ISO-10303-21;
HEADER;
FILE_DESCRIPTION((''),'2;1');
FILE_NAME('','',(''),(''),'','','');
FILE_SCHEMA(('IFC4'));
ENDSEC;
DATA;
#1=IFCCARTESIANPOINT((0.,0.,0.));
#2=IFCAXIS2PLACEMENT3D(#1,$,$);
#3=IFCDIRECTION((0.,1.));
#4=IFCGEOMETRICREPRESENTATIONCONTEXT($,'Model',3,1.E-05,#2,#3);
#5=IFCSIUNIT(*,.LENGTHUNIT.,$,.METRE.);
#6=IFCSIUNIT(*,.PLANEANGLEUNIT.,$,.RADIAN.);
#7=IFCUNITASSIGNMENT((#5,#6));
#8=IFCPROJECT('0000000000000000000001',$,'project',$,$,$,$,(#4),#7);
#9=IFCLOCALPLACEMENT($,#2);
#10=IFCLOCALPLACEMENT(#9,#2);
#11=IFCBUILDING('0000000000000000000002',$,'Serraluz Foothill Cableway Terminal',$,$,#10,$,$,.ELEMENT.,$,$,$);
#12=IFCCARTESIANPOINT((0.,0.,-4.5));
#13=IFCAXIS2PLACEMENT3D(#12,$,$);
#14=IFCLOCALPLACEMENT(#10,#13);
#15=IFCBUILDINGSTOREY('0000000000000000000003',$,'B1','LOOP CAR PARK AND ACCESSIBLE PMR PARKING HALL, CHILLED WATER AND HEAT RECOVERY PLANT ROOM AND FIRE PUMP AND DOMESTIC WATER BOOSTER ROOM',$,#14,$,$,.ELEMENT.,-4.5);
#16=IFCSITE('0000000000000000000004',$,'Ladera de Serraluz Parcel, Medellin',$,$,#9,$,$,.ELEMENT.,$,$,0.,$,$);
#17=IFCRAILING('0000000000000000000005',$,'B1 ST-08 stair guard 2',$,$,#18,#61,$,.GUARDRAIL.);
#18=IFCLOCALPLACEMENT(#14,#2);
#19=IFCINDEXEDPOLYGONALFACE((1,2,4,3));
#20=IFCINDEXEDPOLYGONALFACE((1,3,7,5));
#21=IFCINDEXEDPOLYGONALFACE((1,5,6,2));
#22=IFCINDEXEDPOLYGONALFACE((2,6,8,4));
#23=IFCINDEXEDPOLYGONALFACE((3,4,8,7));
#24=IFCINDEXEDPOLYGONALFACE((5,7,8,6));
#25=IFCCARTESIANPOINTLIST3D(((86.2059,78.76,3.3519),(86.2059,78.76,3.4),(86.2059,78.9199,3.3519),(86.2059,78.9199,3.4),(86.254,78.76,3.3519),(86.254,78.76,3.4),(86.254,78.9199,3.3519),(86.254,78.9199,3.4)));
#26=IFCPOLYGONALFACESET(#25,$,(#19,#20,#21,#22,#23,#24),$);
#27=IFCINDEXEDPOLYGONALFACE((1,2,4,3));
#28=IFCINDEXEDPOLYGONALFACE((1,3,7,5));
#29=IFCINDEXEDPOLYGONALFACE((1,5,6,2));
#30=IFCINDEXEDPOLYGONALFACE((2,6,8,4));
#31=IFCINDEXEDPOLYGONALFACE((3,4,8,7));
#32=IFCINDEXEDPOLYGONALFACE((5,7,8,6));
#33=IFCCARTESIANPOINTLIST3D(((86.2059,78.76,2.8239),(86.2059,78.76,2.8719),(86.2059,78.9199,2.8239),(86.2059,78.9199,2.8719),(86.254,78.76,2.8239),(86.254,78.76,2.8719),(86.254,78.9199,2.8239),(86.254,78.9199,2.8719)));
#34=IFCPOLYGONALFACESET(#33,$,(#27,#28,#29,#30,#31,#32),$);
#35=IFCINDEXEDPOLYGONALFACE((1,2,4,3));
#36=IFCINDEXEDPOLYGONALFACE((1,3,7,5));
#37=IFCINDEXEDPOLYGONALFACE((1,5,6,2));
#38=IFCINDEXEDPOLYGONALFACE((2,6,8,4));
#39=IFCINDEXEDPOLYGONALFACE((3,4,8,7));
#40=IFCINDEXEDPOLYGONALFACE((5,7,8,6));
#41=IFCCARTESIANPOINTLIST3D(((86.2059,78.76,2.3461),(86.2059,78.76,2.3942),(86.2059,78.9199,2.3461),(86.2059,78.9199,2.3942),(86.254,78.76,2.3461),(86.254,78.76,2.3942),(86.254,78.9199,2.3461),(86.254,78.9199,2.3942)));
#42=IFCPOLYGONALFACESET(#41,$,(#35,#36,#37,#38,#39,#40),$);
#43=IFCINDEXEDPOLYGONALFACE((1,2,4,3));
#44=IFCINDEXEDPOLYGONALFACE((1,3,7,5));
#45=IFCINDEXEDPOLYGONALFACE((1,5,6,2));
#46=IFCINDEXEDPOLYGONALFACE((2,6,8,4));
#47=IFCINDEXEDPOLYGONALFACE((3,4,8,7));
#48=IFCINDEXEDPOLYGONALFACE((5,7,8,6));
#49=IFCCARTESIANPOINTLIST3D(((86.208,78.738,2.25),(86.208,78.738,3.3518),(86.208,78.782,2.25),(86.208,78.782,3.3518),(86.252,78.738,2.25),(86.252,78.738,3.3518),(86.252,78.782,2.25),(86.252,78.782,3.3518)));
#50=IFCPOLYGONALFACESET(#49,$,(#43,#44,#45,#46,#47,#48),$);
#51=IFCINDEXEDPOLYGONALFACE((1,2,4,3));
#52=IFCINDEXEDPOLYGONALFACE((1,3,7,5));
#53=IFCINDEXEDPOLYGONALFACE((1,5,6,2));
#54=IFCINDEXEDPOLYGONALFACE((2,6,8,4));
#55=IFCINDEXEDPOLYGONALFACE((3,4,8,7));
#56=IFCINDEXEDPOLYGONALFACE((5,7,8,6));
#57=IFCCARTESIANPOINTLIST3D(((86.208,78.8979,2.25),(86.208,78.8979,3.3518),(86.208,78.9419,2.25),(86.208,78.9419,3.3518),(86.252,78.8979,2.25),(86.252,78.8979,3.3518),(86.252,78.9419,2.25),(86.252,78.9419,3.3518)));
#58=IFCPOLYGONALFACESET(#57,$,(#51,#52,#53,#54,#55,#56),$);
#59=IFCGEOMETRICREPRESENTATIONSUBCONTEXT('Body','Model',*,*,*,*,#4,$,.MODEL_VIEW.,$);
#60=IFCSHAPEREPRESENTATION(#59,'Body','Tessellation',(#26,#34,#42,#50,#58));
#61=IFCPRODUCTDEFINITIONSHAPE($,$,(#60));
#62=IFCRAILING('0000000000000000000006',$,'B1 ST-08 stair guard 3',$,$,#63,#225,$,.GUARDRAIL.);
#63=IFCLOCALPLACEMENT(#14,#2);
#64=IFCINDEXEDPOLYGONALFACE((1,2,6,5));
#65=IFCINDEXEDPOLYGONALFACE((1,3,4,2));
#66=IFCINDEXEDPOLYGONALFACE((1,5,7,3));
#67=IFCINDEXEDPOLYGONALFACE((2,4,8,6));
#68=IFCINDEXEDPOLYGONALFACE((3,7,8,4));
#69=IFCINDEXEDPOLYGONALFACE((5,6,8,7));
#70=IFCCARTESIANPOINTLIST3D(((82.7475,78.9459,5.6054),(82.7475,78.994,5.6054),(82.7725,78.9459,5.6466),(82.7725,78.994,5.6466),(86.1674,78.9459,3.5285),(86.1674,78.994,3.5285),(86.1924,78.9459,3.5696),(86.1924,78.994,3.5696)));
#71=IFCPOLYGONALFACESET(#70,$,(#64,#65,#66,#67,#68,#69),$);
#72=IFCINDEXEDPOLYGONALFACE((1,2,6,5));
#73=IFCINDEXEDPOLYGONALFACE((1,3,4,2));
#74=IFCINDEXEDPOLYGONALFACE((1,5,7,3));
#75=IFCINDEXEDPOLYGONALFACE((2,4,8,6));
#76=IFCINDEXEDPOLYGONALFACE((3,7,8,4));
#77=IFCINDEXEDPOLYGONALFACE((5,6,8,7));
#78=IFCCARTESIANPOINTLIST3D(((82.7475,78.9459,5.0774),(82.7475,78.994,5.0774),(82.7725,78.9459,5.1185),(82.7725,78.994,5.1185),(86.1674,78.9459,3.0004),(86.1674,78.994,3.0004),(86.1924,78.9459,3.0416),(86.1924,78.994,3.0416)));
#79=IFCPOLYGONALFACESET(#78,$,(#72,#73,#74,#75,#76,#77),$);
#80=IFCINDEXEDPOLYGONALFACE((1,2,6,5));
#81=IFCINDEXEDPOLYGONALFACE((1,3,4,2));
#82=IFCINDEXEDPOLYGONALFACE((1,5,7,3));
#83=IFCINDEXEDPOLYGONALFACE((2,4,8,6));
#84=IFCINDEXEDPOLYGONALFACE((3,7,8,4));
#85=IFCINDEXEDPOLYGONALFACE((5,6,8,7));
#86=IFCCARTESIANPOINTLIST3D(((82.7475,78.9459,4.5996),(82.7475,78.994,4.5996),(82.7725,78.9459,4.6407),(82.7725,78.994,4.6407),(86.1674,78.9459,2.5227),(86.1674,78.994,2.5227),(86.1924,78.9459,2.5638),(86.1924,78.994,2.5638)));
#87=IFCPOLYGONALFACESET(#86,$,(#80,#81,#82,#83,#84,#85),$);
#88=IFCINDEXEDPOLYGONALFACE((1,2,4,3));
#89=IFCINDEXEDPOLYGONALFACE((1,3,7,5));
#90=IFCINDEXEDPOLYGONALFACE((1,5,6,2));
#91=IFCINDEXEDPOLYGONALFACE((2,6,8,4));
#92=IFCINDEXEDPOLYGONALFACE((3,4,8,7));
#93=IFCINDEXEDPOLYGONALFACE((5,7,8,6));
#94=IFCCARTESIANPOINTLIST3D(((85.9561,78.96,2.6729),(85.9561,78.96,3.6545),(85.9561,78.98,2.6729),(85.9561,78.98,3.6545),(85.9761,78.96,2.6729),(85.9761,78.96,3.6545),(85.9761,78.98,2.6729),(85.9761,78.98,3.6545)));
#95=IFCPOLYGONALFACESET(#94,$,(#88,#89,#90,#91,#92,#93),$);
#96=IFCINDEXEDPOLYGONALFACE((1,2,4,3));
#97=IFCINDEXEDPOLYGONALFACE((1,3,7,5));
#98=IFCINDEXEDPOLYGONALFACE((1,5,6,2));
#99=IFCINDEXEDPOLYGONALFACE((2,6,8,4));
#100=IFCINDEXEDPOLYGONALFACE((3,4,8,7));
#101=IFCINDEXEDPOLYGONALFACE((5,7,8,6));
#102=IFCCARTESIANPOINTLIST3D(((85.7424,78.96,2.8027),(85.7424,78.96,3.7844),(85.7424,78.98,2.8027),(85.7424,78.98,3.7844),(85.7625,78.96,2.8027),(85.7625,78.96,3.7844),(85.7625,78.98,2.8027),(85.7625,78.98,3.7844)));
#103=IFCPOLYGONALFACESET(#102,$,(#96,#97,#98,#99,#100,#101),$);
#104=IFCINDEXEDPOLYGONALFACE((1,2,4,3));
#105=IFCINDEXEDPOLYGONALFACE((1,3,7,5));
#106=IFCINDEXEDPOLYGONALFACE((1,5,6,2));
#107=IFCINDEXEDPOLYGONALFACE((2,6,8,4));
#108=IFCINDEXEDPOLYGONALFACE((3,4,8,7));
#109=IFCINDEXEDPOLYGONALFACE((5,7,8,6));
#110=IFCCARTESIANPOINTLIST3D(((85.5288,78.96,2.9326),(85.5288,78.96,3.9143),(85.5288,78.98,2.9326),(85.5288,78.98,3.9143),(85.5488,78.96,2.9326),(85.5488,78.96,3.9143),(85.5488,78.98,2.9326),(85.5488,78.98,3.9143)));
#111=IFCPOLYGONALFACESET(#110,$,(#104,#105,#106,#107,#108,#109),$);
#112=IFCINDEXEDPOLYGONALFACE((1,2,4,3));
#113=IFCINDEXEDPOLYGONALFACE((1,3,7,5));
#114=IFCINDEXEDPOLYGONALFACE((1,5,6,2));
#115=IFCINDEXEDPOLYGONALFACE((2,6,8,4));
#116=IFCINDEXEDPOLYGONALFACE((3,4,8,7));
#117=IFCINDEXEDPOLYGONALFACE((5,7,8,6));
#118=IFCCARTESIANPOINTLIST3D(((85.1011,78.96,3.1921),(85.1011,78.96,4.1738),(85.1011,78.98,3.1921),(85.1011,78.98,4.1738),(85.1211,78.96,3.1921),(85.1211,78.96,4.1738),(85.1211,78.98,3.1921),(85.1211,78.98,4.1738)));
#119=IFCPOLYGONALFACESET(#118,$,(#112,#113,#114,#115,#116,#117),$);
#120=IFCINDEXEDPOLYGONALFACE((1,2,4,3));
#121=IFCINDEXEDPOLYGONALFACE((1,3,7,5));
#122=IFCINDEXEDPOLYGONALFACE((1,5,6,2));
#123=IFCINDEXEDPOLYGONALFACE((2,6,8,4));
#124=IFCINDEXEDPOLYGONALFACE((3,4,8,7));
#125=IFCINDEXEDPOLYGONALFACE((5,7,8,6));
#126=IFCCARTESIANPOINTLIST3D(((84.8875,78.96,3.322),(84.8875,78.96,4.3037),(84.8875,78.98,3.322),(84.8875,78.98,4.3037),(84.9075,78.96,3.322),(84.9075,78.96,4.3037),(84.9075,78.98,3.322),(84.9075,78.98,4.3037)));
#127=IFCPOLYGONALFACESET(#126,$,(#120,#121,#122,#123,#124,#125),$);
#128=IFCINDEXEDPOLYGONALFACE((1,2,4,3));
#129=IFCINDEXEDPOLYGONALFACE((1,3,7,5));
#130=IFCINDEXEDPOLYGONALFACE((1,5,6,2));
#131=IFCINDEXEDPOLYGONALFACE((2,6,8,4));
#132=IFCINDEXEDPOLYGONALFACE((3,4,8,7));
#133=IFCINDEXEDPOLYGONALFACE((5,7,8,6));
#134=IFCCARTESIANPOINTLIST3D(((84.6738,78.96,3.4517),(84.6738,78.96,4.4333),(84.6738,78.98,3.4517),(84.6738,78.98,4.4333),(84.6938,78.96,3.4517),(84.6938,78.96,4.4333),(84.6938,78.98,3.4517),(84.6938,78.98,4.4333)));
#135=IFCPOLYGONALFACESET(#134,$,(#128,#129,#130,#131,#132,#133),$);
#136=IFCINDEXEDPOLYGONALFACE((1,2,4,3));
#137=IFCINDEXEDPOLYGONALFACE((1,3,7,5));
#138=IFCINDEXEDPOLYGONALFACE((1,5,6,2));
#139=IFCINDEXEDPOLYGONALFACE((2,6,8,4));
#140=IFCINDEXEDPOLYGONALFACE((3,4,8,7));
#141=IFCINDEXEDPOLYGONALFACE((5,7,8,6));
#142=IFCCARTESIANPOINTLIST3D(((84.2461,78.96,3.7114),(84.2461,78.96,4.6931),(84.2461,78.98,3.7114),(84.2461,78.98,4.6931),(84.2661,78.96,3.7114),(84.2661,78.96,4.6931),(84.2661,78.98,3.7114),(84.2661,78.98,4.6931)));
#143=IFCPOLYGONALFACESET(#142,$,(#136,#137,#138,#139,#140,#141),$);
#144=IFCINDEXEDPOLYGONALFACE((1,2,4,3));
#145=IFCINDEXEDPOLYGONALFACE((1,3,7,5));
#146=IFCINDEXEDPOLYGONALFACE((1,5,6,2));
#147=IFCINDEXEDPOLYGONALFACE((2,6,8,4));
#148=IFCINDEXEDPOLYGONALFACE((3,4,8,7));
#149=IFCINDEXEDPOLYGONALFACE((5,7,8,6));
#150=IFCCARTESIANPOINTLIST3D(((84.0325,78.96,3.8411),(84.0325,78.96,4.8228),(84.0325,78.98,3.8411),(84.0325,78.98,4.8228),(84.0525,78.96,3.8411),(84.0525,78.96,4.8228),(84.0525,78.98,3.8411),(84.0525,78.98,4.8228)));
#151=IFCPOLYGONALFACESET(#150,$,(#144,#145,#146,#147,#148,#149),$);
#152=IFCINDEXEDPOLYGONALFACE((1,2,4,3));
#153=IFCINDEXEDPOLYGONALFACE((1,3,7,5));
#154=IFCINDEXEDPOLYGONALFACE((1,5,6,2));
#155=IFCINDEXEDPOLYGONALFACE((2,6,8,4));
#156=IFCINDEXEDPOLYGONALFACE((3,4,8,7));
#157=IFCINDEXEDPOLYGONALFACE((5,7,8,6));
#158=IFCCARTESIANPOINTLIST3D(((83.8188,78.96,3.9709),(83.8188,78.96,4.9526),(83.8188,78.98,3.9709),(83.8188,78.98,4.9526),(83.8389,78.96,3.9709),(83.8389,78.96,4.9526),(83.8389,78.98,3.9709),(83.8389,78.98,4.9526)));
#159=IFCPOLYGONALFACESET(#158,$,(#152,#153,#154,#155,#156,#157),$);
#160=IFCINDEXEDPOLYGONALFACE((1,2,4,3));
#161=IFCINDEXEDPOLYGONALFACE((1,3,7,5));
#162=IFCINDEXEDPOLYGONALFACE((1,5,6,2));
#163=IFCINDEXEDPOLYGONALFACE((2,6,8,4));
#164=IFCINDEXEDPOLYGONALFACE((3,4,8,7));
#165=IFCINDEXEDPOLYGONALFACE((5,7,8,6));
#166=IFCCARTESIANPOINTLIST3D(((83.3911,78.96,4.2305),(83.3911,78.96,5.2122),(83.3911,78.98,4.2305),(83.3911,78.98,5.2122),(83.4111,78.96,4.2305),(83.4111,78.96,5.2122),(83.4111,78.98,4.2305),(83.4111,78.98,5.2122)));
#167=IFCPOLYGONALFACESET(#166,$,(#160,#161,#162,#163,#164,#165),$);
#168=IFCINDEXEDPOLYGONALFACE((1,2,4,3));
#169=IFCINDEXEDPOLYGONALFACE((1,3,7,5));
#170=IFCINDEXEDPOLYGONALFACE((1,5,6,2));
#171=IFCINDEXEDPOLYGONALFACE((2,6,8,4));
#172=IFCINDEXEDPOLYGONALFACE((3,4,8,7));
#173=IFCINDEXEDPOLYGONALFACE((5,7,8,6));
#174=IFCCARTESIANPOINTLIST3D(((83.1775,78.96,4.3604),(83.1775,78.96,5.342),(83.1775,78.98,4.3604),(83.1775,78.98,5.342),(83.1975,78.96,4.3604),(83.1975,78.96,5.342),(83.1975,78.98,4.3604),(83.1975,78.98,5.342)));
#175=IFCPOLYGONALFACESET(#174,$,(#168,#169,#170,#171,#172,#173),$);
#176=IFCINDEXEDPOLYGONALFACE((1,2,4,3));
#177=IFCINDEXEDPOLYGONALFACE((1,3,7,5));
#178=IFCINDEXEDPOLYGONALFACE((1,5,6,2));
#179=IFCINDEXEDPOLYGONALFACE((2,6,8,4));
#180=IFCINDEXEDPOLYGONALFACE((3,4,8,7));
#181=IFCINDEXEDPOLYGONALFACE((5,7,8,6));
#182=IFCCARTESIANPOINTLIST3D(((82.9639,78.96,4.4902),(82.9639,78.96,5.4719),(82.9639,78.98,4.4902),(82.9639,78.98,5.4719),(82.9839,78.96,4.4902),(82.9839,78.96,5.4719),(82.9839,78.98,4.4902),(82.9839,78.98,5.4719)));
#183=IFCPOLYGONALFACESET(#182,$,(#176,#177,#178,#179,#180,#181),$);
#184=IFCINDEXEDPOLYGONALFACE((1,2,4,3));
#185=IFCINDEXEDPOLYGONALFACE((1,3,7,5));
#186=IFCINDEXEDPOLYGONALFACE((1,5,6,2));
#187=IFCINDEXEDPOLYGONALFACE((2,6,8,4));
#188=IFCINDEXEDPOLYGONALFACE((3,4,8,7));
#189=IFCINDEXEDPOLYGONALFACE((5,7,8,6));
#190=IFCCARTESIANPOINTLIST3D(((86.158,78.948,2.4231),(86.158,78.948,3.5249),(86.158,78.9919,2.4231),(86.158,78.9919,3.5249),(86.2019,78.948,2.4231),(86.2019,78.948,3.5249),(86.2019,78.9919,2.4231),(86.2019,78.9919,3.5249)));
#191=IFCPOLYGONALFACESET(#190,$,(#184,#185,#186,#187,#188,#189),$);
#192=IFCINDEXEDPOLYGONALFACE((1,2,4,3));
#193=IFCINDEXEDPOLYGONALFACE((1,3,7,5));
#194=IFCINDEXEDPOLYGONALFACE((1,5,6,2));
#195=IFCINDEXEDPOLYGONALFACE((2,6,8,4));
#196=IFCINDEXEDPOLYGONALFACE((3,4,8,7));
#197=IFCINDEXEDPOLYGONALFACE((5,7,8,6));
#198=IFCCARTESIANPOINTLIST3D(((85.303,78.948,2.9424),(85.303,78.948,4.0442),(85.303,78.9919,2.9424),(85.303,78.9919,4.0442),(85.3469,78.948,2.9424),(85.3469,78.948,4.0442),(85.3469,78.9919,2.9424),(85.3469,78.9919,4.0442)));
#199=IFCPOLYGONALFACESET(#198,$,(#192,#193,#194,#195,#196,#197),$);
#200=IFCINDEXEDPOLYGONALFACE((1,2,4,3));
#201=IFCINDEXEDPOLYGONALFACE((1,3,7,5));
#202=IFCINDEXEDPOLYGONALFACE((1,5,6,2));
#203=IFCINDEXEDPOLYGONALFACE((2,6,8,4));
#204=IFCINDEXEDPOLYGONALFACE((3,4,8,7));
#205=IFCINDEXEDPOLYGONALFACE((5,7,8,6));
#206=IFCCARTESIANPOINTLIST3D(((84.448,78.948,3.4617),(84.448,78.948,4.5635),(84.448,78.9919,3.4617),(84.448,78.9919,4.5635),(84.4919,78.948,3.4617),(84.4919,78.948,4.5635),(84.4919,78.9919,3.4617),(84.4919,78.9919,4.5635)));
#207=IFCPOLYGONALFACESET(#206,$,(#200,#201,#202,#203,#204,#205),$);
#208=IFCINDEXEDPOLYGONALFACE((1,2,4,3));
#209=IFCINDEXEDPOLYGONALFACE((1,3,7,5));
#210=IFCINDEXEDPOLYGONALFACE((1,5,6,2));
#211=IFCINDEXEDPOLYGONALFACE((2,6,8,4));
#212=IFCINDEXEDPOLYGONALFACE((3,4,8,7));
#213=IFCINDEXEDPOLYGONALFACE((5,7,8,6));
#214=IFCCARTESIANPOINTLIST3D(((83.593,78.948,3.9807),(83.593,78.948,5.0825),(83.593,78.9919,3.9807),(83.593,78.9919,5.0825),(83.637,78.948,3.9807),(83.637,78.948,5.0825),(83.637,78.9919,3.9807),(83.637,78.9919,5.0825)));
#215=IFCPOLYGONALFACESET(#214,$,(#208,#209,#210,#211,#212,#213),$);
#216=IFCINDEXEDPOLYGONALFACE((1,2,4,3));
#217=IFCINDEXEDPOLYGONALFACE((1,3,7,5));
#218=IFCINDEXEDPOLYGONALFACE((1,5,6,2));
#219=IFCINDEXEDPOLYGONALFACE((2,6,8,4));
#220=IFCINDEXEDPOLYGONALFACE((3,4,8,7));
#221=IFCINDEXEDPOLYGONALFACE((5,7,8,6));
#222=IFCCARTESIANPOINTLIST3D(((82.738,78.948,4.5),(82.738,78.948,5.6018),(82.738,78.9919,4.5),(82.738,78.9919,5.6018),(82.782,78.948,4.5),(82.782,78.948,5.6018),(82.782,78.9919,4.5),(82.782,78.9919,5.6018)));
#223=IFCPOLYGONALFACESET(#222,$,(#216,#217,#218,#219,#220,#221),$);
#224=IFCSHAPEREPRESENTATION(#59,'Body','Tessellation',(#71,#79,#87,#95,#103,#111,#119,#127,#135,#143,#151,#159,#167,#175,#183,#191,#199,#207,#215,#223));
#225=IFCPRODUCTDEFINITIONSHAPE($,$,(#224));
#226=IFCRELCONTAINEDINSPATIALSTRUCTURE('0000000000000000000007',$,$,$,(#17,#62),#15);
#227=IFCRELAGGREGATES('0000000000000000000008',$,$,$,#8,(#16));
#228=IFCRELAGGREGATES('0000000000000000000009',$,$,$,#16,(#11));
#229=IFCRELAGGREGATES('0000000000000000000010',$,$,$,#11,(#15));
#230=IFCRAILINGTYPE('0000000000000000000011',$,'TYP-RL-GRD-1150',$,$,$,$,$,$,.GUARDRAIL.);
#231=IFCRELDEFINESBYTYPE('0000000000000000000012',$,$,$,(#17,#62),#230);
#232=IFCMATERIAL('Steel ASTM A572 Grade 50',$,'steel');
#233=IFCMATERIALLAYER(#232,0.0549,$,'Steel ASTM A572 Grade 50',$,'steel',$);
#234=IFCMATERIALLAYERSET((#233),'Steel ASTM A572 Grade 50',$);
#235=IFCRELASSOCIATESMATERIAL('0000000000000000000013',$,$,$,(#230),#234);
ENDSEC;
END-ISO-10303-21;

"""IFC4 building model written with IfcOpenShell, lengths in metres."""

from ifc_helpers import new_model, si_unit, direction, frame, origin, origin_2d, place, context, subcontext, project, spatial, rectangle, extrude, material, layer, layer_set, type_object, element, save


model = new_model("IFC4")

# Units and contexts
model_context = context("Model", 3, precision=1e-05, world=origin(), true_north=direction((0.0, 1.0)))
body_context = subcontext(model_context, "Body", "Model", "MODEL_VIEW")
ifc_project = project(units=[si_unit("LENGTHUNIT", "METRE"), si_unit("PLANEANGLEUNIT", "RADIAN")], contexts=[model_context])

# Site, building, storey
site_placement = place(None, origin())
site = spatial("IfcSite", under=ifc_project, at=site_placement, Name="Ladera de Serraluz Parcel, Medellin", CompositionType="ELEMENT", RefElevation=0.0)
building_placement = place(site_placement, origin())
building = spatial("IfcBuilding", under=site, at=building_placement, Name="Serraluz Foothill Cableway Terminal", CompositionType="ELEMENT")
storey_placement = place(building_placement, frame((0.0, 0.0, -4.5)))
storey = spatial("IfcBuildingStorey", under=building, at=storey_placement, Name="B1", Description="LOOP CAR PARK AND ACCESSIBLE PMR PARKING HALL, CHILLED WATER AND HEAT RECOVERY PLANT ROOM AND FIRE PUMP AND DOMESTIC WATER BOOSTER ROOM", CompositionType="ELEMENT", Elevation=-4.5)

# Railings
ifc_material_1 = material(Name="Steel ASTM A572 Grade 50", Category="steel")
ifc_layer_1 = layer(ifc_material_1, 0.0549, Name="Steel ASTM A572 Grade 50", Category="steel")
ifc_layer_set_1 = layer_set([ifc_layer_1], Name="Steel ASTM A572 Grade 50")
railing_type = type_object("IfcRailingType", Name="TYP-RL-GRD-1150", PredefinedType="GUARDRAIL", material=ifc_layer_set_1)
railing_1_placement = place(storey_placement, frame((86.23, 78.76, 2.25)))
element("IfcRailing", 1, at=railing_1_placement, inside=storey, type_object=railing_type, Name="B1 ST-08 stair guard 2", PredefinedType="GUARDRAIL", context=body_context, shape_type="SweptSolid", body=[
    extrude(rectangle(XDim=0.0481, YDim=0.0481, at=origin_2d()), frame((0.0, 0.0, 1.126), z_axis=(0.0, 1.0, 0.0), x_axis=(-1.0, 0.0, 0.0)), (0.0, 0.0, 1.0), 0.1599),
    extrude(rectangle(XDim=0.0481, YDim=0.0481, at=origin_2d()), frame((0.0, 0.0, 0.5979), z_axis=(0.0, 1.0, 0.0), x_axis=(-1.0, 0.0, 0.0)), (0.0, 0.0, 1.0), 0.1599),
    extrude(rectangle(XDim=0.0481, YDim=0.0481, at=origin_2d()), frame((0.0, 0.0, 0.1201), z_axis=(0.0, 1.0, 0.0), x_axis=(-1.0, 0.0, 0.0)), (0.0, 0.0, 1.0), 0.1599),
    extrude(rectangle(XDim=0.0439, YDim=0.0439, at=origin_2d()), origin(), (0.0, 0.0, 1.0), 1.1018),
    extrude(rectangle(XDim=0.0439, YDim=0.0439, at=origin_2d()), frame((0.0, 0.1599, 0.0)), (0.0, 0.0, 1.0), 1.1018),
])
railing_2_placement = place(storey_placement, frame((86.1799, 78.97, 2.4231)))
element("IfcRailing", 2, at=railing_2_placement, inside=storey, type_object=railing_type, Name="B1 ST-08 stair guard 3", PredefinedType="GUARDRAIL", context=body_context, shape_type="SweptSolid", body=[
    extrude(rectangle(XDim=0.0481, YDim=0.0481, at=origin_2d()), frame((0.0, 0.0, 1.126), z_axis=(-0.85473, 0.0, 0.519074), x_axis=(0.0, -1.0, 0.0)), (0.0, 0.0, 1.0), 4.0012),
    extrude(rectangle(XDim=0.0481, YDim=0.0481, at=origin_2d()), frame((0.0, 0.0, 0.5979), z_axis=(-0.85473, 0.0, 0.519074), x_axis=(0.0, -1.0, 0.0)), (0.0, 0.0, 1.0), 4.0012),
    extrude(rectangle(XDim=0.0481, YDim=0.0481, at=origin_2d()), frame((0.0, 0.0, 0.1201), z_axis=(-0.85473, 0.0, 0.519074), x_axis=(0.0, -1.0, 0.0)), (0.0, 0.0, 1.0), 4.0012),
    extrude(rectangle(XDim=0.02, YDim=0.02, at=origin_2d()), frame((-0.2139, 0.0, 0.2498)), (0.0, 0.0, 1.0), 0.9817),
    extrude(rectangle(XDim=0.02, YDim=0.02, at=origin_2d()), frame((-0.4275, 0.0, 0.3796)), (0.0, 0.0, 1.0), 0.9817),
    extrude(rectangle(XDim=0.02, YDim=0.02, at=origin_2d()), frame((-0.6411, 0.0, 0.5095)), (0.0, 0.0, 1.0), 0.9817),
    extrude(rectangle(XDim=0.02, YDim=0.02, at=origin_2d()), frame((-1.0688, 0.0, 0.769)), (0.0, 0.0, 1.0), 0.9817),
    extrude(rectangle(XDim=0.02, YDim=0.02, at=origin_2d()), frame((-1.2825, 0.0, 0.8989)), (0.0, 0.0, 1.0), 0.9817),
    extrude(rectangle(XDim=0.02, YDim=0.02, at=origin_2d()), frame((-1.4961, 0.0, 1.0286)), (0.0, 0.0, 1.0), 0.9817),
    extrude(rectangle(XDim=0.02, YDim=0.02, at=origin_2d()), frame((-1.9238, 0.0, 1.2883)), (0.0, 0.0, 1.0), 0.9817),
    extrude(rectangle(XDim=0.02, YDim=0.02, at=origin_2d()), frame((-2.1375, 0.0, 1.418)), (0.0, 0.0, 1.0), 0.9817),
    extrude(rectangle(XDim=0.02, YDim=0.02, at=origin_2d()), frame((-2.3511, 0.0, 1.5479)), (0.0, 0.0, 1.0), 0.9817),
    extrude(rectangle(XDim=0.02, YDim=0.02, at=origin_2d()), frame((-2.7788, 0.0, 1.8074)), (0.0, 0.0, 1.0), 0.9817),
    extrude(rectangle(XDim=0.02, YDim=0.02, at=origin_2d()), frame((-2.9924, 0.0, 1.9373)), (0.0, 0.0, 1.0), 0.9817),
    extrude(rectangle(XDim=0.02, YDim=0.02, at=origin_2d()), frame((-3.2061, 0.0, 2.0671)), (0.0, 0.0, 1.0), 0.9817),
    extrude(rectangle(XDim=0.0439, YDim=0.0439, at=origin_2d()), origin(), (0.0, 0.0, 1.0), 1.1018),
    extrude(rectangle(XDim=0.0439, YDim=0.0439, at=origin_2d()), frame((-0.855, 0.0, 0.5193)), (0.0, 0.0, 1.0), 1.1018),
    extrude(rectangle(XDim=0.0439, YDim=0.0439, at=origin_2d()), frame((-1.71, 0.0, 1.0386)), (0.0, 0.0, 1.0), 1.1018),
    extrude(rectangle(XDim=0.0439, YDim=0.0439, at=origin_2d()), frame((-2.5649, 0.0, 1.5576)), (0.0, 0.0, 1.0), 1.1018),
    extrude(rectangle(XDim=0.0439, YDim=0.0439, at=origin_2d()), frame((-3.4199, 0.0, 2.0769)), (0.0, 0.0, 1.0), 1.1018),
])

save(model, "model.ifc")
